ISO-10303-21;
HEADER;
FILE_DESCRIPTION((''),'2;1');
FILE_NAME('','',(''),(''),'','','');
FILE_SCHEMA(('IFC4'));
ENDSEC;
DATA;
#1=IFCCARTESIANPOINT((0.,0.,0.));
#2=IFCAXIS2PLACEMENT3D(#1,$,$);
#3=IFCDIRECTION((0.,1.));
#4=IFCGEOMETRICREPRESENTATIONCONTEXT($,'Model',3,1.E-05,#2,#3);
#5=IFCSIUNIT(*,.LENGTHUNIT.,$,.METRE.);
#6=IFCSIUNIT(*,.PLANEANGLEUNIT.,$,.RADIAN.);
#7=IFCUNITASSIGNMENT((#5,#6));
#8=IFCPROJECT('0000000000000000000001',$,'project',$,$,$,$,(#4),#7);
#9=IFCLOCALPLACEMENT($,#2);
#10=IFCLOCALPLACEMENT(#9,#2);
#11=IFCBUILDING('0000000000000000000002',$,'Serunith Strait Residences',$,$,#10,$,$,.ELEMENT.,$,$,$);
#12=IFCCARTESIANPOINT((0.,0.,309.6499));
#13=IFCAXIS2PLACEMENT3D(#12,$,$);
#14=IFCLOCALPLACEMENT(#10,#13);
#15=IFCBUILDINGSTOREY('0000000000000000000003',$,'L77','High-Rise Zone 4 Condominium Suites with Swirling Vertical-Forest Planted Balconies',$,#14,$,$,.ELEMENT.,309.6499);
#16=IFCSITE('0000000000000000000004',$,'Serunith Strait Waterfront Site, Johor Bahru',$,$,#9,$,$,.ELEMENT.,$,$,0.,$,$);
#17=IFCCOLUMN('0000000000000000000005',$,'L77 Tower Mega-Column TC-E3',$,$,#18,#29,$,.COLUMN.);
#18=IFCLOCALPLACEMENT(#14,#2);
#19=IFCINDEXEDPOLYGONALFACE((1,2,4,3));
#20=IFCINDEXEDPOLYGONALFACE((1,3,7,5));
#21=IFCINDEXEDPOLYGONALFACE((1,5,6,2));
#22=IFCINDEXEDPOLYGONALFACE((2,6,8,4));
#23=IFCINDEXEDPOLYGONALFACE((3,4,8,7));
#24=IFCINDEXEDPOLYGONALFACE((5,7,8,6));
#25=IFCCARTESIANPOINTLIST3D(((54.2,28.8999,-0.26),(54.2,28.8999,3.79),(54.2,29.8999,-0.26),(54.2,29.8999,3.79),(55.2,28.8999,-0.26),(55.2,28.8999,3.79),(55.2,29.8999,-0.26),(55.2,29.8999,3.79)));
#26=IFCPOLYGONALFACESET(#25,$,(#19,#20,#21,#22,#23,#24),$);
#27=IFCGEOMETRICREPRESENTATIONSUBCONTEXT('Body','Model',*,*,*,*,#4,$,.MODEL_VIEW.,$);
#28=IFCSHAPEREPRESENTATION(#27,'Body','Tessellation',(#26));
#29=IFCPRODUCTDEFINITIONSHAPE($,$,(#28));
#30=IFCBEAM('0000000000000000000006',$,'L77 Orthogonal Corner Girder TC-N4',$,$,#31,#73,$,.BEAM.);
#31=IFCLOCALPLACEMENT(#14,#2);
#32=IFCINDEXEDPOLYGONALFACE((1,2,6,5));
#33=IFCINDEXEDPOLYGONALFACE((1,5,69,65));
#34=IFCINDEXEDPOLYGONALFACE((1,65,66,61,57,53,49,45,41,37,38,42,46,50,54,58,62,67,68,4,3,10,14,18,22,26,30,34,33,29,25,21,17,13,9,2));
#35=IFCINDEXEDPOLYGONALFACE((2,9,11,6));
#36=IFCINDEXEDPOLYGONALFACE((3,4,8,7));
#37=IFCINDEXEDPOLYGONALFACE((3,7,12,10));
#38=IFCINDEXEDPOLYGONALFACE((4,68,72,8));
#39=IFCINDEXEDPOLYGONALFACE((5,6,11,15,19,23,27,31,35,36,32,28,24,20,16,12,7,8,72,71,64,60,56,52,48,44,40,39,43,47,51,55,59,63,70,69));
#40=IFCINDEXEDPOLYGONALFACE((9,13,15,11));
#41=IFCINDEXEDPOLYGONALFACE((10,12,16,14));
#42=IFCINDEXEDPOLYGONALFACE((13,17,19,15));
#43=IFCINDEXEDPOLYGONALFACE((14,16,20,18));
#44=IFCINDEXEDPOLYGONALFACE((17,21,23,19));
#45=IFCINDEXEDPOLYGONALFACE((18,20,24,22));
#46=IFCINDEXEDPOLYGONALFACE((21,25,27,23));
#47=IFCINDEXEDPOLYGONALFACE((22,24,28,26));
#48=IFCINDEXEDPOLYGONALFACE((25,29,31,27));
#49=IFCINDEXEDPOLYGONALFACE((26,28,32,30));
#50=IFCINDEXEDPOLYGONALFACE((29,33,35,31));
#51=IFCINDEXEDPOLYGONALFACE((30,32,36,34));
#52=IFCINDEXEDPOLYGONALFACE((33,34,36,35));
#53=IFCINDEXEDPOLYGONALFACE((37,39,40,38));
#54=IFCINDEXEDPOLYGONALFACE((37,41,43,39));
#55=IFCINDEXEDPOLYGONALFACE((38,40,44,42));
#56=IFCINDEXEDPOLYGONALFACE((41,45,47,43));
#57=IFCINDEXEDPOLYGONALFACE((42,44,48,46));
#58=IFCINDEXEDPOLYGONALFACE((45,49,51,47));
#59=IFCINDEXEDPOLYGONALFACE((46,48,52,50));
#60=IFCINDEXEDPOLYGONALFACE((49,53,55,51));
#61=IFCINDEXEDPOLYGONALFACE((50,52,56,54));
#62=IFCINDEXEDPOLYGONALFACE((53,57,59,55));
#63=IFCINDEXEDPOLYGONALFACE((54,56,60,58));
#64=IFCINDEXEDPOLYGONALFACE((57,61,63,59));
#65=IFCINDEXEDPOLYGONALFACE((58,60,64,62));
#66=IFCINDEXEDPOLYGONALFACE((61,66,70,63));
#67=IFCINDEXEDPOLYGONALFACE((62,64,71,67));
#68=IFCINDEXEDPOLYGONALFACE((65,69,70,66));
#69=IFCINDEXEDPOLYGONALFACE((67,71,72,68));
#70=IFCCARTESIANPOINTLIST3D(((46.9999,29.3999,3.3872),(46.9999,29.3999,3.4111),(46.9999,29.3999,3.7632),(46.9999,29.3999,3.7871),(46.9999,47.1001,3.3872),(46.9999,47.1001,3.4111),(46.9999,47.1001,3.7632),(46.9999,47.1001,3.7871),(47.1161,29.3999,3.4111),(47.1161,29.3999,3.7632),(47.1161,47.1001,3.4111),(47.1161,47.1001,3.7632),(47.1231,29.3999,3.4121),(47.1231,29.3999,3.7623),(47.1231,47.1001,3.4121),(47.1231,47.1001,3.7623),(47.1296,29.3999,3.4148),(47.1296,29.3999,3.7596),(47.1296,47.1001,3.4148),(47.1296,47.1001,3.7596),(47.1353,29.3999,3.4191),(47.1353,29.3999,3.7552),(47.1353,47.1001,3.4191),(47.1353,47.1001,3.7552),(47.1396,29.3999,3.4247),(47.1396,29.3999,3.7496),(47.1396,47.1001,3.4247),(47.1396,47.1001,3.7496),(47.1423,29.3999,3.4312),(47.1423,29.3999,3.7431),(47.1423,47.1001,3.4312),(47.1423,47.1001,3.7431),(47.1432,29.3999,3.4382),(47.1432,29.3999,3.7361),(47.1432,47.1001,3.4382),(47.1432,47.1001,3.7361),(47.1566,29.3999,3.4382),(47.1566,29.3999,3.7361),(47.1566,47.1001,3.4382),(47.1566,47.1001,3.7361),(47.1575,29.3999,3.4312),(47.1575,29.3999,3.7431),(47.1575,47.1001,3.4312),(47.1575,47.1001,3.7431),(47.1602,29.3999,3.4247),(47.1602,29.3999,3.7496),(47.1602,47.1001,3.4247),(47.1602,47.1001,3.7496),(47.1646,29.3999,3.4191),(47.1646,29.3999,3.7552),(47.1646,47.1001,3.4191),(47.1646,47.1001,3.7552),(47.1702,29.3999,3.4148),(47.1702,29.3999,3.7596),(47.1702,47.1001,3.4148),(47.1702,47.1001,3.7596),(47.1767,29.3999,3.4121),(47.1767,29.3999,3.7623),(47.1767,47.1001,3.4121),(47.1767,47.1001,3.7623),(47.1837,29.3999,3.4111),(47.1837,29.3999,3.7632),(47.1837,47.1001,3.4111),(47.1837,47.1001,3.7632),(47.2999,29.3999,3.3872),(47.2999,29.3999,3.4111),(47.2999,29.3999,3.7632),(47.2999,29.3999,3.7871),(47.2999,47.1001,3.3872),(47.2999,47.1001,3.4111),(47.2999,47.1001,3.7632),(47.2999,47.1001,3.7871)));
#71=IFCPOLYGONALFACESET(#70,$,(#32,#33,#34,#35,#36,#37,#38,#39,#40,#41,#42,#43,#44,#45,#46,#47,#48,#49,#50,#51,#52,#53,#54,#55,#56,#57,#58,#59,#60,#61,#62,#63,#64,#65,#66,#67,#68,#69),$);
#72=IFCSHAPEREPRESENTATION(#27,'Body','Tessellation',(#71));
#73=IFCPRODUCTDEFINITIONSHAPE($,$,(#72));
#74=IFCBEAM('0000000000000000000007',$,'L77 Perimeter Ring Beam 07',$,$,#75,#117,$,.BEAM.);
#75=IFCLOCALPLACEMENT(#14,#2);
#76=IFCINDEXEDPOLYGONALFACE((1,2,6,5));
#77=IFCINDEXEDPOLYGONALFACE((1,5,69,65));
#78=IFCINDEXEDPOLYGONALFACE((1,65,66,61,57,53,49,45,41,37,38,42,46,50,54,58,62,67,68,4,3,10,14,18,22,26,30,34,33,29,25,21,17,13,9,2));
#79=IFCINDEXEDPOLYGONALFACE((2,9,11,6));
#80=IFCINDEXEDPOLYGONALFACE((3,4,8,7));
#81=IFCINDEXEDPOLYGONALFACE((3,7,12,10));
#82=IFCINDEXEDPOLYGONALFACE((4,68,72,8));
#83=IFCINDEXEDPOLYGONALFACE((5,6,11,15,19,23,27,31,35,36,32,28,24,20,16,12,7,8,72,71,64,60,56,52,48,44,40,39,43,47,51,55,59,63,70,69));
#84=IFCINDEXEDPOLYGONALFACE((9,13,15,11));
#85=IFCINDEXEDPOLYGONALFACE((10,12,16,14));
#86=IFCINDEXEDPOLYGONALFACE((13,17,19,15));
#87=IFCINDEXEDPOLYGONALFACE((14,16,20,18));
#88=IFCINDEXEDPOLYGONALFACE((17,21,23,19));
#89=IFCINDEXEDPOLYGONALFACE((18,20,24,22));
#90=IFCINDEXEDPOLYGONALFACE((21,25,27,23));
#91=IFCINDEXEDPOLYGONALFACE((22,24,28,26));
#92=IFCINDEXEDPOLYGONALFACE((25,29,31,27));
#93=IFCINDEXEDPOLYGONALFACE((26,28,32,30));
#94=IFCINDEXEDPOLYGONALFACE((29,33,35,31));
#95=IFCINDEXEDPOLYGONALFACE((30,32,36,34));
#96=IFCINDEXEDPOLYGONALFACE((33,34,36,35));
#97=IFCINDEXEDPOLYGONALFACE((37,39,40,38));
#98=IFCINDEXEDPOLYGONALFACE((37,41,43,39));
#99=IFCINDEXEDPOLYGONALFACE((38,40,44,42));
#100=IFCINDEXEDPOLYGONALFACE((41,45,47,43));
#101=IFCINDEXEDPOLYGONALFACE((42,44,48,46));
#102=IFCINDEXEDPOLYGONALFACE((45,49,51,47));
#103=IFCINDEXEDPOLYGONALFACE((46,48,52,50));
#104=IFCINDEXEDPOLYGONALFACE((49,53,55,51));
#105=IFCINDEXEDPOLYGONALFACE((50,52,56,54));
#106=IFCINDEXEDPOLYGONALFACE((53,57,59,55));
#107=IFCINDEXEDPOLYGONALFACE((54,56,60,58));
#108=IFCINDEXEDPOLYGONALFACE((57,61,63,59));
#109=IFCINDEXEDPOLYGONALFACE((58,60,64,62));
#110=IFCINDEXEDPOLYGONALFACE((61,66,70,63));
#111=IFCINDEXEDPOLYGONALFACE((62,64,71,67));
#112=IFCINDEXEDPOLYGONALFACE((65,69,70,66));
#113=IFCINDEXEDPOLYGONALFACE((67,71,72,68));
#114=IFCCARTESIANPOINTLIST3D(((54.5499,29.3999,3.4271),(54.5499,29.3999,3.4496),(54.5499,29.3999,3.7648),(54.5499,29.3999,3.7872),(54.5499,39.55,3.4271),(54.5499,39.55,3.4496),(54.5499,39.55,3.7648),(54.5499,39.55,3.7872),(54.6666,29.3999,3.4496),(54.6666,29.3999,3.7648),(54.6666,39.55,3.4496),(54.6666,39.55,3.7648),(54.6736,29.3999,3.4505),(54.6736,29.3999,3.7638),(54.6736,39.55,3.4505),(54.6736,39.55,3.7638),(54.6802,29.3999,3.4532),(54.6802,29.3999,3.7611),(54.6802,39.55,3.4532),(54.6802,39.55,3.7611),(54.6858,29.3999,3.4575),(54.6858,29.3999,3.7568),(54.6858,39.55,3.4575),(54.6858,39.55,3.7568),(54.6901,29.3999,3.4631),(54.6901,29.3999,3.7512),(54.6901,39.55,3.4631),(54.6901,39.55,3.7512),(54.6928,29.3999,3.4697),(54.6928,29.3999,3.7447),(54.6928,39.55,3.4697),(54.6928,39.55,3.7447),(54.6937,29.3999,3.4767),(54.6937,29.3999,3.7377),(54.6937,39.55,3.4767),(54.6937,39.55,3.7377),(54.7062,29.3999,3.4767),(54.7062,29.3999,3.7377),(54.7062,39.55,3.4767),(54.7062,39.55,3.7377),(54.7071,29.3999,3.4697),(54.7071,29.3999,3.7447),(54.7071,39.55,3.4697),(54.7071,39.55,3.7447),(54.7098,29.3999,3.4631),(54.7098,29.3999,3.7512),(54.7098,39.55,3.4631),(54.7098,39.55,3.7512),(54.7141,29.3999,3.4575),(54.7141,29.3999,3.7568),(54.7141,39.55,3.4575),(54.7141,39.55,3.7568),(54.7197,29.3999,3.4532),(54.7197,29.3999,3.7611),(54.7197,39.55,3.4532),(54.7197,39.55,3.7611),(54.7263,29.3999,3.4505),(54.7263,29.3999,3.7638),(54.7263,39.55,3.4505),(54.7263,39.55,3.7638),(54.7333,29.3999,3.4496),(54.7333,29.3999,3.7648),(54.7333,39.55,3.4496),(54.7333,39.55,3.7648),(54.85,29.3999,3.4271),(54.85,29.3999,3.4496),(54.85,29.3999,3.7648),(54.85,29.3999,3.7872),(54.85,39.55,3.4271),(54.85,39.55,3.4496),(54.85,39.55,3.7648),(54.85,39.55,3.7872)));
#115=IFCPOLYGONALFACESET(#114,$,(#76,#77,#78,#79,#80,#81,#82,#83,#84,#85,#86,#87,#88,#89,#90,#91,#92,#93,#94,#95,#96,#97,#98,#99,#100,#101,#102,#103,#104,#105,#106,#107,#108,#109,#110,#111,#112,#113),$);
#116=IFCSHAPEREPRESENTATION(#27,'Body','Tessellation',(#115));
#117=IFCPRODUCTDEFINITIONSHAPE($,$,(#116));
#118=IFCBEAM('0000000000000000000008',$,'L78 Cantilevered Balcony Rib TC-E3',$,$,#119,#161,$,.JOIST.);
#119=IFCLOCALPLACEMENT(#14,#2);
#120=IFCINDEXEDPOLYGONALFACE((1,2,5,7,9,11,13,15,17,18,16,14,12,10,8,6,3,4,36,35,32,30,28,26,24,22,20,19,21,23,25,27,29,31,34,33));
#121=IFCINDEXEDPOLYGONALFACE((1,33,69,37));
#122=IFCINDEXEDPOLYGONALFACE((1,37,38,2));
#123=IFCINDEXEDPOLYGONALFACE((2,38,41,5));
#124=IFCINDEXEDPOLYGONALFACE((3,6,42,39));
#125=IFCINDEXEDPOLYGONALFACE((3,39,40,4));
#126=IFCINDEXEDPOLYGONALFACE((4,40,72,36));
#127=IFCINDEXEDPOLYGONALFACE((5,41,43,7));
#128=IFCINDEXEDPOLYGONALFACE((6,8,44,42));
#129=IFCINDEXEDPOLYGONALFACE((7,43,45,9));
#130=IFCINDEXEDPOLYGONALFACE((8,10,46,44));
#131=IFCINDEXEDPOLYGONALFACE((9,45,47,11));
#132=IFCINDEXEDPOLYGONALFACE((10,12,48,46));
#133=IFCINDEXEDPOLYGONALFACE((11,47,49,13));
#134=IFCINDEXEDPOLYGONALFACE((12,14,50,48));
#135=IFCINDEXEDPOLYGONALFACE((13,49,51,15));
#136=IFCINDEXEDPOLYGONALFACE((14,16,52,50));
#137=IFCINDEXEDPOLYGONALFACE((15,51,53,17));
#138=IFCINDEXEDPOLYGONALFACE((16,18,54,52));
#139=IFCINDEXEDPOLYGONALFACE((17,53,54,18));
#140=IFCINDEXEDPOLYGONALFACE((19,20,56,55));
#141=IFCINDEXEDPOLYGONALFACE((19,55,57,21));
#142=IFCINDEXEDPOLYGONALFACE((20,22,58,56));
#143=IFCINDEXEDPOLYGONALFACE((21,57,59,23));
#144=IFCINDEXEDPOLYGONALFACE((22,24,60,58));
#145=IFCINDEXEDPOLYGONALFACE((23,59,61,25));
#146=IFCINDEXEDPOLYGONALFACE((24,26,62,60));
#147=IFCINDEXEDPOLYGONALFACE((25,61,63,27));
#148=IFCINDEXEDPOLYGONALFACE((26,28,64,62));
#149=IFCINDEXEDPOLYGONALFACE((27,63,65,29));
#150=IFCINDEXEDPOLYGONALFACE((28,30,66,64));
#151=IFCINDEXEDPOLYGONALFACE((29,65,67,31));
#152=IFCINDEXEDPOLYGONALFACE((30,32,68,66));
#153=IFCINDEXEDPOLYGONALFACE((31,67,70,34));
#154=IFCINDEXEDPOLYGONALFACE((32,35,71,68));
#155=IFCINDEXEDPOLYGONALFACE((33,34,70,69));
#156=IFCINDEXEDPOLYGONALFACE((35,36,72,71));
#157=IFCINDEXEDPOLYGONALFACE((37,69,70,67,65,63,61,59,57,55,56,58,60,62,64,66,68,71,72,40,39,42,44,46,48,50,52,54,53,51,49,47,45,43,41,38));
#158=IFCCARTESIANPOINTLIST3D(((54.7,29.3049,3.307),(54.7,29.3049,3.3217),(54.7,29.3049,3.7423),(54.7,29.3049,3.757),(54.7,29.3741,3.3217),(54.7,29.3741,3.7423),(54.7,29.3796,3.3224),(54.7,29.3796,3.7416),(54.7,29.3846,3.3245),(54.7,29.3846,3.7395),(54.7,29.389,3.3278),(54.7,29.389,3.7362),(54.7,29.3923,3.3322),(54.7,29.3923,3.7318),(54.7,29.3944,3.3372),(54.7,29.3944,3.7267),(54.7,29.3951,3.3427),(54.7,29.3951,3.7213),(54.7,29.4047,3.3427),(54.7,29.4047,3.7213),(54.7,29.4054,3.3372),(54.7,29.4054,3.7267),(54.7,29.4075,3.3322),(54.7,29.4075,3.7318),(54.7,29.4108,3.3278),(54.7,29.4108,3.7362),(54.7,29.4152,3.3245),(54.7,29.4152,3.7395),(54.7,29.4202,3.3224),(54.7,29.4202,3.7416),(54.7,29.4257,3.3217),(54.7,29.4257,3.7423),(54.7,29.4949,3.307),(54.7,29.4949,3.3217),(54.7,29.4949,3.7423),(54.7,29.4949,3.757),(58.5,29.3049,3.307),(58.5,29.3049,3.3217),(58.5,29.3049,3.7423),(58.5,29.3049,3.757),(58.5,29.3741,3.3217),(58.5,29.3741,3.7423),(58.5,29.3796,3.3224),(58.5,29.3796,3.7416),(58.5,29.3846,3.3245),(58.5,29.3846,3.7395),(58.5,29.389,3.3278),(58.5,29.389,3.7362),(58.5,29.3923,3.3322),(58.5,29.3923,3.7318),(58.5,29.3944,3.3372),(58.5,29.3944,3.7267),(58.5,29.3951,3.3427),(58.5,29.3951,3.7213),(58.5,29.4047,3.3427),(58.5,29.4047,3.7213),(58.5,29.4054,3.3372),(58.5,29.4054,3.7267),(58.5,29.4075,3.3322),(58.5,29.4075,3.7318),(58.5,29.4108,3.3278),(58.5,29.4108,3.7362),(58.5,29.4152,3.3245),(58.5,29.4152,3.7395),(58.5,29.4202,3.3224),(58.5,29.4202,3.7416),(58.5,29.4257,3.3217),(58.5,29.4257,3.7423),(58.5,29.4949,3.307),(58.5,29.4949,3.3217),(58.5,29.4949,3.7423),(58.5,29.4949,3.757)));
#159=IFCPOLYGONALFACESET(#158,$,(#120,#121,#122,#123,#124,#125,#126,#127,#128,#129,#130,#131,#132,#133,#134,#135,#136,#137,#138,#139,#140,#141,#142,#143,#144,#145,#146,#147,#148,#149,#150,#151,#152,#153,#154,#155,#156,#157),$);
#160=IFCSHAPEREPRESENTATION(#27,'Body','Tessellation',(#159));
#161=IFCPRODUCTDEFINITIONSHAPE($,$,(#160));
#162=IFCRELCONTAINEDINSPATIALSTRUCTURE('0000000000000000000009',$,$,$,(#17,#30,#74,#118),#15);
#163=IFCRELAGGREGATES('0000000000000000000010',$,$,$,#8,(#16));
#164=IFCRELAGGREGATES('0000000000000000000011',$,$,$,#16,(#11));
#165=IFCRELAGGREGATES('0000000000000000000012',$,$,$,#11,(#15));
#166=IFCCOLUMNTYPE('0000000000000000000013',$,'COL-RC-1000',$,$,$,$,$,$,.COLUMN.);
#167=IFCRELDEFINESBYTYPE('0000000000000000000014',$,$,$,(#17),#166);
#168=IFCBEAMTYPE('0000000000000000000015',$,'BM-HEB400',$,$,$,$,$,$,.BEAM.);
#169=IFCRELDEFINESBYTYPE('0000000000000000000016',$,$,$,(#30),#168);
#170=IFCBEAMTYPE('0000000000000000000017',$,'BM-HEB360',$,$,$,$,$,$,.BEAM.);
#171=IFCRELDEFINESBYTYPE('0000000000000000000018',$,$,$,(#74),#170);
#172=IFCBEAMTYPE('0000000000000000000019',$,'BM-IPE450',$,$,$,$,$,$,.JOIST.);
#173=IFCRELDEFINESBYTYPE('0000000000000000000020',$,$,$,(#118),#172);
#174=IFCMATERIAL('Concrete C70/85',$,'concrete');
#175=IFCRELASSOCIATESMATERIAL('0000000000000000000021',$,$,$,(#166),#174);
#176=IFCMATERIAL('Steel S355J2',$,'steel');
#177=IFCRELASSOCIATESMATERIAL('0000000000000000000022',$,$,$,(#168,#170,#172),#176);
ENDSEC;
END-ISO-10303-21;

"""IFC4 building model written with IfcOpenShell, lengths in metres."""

from ifc_helpers import new_model, si_unit, direction, frame, origin, origin_2d, place, context, subcontext, project, spatial, rectangle, i_section, extrude, source, transform, mapped, material, material_profile, profile_set, type_object, element, save


model = new_model("IFC4")

# Units and contexts
model_context = context("Model", 3, precision=1e-05, world=origin(), true_north=direction((0.0, 1.0)))
body_context = subcontext(model_context, "Body", "Model", "MODEL_VIEW")
ifc_project = project(units=[si_unit("LENGTHUNIT", "METRE"), si_unit("PLANEANGLEUNIT", "RADIAN")], contexts=[model_context])

# Site, building, storey
site_placement = place(None, origin())
site = spatial("IfcSite", under=ifc_project, at=site_placement, Name="Serunith Strait Waterfront Site, Johor Bahru", CompositionType="ELEMENT", RefElevation=0.0)
building_placement = place(site_placement, origin())
building = spatial("IfcBuilding", under=site, at=building_placement, Name="Serunith Strait Residences", CompositionType="ELEMENT")
storey_placement = place(building_placement, frame((0.0, 0.0, 309.6499)))
storey = spatial("IfcBuildingStorey", under=building, at=storey_placement, Name="L77", Description="High-Rise Zone 4 Condominium Suites with Swirling Vertical-Forest Planted Balconies", CompositionType="ELEMENT", Elevation=309.6499)

# Column
ifc_material_1 = material(Name="Concrete C70/85", Category="concrete")
ifc_material_profile_1 = material_profile(ifc_material_1, rectangle(XDim=1.0, YDim=1.0, at=origin_2d()), Name="RC 1000x1000")
ifc_profile_set_1 = profile_set([ifc_material_profile_1], Name="Concrete C70/85")
column_type = type_object("IfcColumnType", Name="COL-RC-1000", PredefinedType="COLUMN", material=ifc_profile_set_1)
shared_shape_1 = source(origin(), body_context, "Body", "SweptSolid", [
    extrude(rectangle(XDim=1.0, YDim=1.0, at=origin_2d()), origin(), (0.0, 0.0, 1.0), 4.05),
])
column_placement = place(storey_placement, frame((54.7, 29.3999, -0.26), z_axis=(0.0, 0.0, 1.0), x_axis=(1.0, 0.0, 0.0)))
element("IfcColumn", 1, at=column_placement, inside=storey, type_object=column_type, Name="L77 Tower Mega-Column TC-E3", PredefinedType="COLUMN", context=body_context, shape_type="MappedRepresentation", body=[
    mapped(shared_shape_1, transform((0.0, 0.0, 0.0), scale=1.0)),
])

# Beams
ifc_material_2 = material(Name="Steel S355J2", Category="steel")
ifc_material_profile_2 = material_profile(ifc_material_2, i_section(OverallWidth=0.3, OverallDepth=0.3999, WebThickness=0.0134, FlangeThickness=0.0239, FilletRadius=0.0271, at=origin_2d()), Name="HEB 400")
ifc_profile_set_2 = profile_set([ifc_material_profile_2], Name="Steel S355J2")
beam_type_1 = type_object("IfcBeamType", Name="BM-HEB400", PredefinedType="BEAM", material=ifc_profile_set_2)
shared_shape_2 = source(origin(), body_context, "Body", "SweptSolid", [
    extrude(i_section(OverallWidth=0.3, OverallDepth=0.3999, WebThickness=0.0134, FlangeThickness=0.0239, FilletRadius=0.0271, at=origin_2d()), origin(), (0.0, 0.0, 1.0), 17.7002),
])
beam_1_placement = place(storey_placement, frame((47.1499, 29.3999, 3.5872), z_axis=(0.0, 1.0, 0.0), x_axis=(-1.0, 0.0, 0.0)))
element("IfcBeam", 2, at=beam_1_placement, inside=storey, type_object=beam_type_1, Name="L77 Orthogonal Corner Girder TC-N4", PredefinedType="BEAM", context=body_context, shape_type="MappedRepresentation", body=[
    mapped(shared_shape_2, transform((0.0, 0.0, 0.0), scale=1.0)),
])
ifc_material_profile_3 = material_profile(ifc_material_2, i_section(OverallWidth=0.3, OverallDepth=0.3601, WebThickness=0.0125, FlangeThickness=0.0225, FilletRadius=0.0271, at=origin_2d()), Name="HEB 360")
ifc_profile_set_3 = profile_set([ifc_material_profile_3], Name="Steel S355J2")
beam_type_2 = type_object("IfcBeamType", Name="BM-HEB360", PredefinedType="BEAM", material=ifc_profile_set_3)
shared_shape_3 = source(origin(), body_context, "Body", "SweptSolid", [
    extrude(i_section(OverallWidth=0.3, OverallDepth=0.3601, WebThickness=0.0125, FlangeThickness=0.0225, FilletRadius=0.0271, at=origin_2d()), origin(), (0.0, 0.0, 1.0), 10.1501),
])
beam_2_placement = place(storey_placement, frame((54.7, 29.3999, 3.6072), z_axis=(0.0, 1.0, 0.0), x_axis=(-1.0, 0.0, 0.0)))
element("IfcBeam", 3, at=beam_2_placement, inside=storey, type_object=beam_type_2, Name="L77 Perimeter Ring Beam 07", PredefinedType="BEAM", context=body_context, shape_type="MappedRepresentation", body=[
    mapped(shared_shape_3, transform((0.0, 0.0, 0.0), scale=1.0)),
])
ifc_material_profile_4 = material_profile(ifc_material_2, i_section(OverallWidth=0.1899, OverallDepth=0.45, WebThickness=0.0095, FlangeThickness=0.0146, FilletRadius=0.021, at=origin_2d()), Name="IPE 450")
ifc_profile_set_4 = profile_set([ifc_material_profile_4], Name="Steel S355J2")
beam_type_3 = type_object("IfcBeamType", Name="BM-IPE450", PredefinedType="JOIST", material=ifc_profile_set_4)
shared_shape_4 = source(origin(), body_context, "Body", "SweptSolid", [
    extrude(i_section(OverallWidth=0.1899, OverallDepth=0.45, WebThickness=0.0095, FlangeThickness=0.0146, FilletRadius=0.021, at=origin_2d()), origin(), (0.0, 0.0, 1.0), 3.8),
])
beam_3_placement = place(storey_placement, frame((54.7, 29.3999, 3.532), z_axis=(1.0, 0.0, 0.0), x_axis=(0.0, 1.0, 0.0)))
element("IfcBeam", 4, at=beam_3_placement, inside=storey, type_object=beam_type_3, Name="L78 Cantilevered Balcony Rib TC-E3", PredefinedType="JOIST", context=body_context, shape_type="MappedRepresentation", body=[
    mapped(shared_shape_4, transform((0.0, 0.0, 0.0), scale=1.0)),
])

save(model, "model.ifc")
